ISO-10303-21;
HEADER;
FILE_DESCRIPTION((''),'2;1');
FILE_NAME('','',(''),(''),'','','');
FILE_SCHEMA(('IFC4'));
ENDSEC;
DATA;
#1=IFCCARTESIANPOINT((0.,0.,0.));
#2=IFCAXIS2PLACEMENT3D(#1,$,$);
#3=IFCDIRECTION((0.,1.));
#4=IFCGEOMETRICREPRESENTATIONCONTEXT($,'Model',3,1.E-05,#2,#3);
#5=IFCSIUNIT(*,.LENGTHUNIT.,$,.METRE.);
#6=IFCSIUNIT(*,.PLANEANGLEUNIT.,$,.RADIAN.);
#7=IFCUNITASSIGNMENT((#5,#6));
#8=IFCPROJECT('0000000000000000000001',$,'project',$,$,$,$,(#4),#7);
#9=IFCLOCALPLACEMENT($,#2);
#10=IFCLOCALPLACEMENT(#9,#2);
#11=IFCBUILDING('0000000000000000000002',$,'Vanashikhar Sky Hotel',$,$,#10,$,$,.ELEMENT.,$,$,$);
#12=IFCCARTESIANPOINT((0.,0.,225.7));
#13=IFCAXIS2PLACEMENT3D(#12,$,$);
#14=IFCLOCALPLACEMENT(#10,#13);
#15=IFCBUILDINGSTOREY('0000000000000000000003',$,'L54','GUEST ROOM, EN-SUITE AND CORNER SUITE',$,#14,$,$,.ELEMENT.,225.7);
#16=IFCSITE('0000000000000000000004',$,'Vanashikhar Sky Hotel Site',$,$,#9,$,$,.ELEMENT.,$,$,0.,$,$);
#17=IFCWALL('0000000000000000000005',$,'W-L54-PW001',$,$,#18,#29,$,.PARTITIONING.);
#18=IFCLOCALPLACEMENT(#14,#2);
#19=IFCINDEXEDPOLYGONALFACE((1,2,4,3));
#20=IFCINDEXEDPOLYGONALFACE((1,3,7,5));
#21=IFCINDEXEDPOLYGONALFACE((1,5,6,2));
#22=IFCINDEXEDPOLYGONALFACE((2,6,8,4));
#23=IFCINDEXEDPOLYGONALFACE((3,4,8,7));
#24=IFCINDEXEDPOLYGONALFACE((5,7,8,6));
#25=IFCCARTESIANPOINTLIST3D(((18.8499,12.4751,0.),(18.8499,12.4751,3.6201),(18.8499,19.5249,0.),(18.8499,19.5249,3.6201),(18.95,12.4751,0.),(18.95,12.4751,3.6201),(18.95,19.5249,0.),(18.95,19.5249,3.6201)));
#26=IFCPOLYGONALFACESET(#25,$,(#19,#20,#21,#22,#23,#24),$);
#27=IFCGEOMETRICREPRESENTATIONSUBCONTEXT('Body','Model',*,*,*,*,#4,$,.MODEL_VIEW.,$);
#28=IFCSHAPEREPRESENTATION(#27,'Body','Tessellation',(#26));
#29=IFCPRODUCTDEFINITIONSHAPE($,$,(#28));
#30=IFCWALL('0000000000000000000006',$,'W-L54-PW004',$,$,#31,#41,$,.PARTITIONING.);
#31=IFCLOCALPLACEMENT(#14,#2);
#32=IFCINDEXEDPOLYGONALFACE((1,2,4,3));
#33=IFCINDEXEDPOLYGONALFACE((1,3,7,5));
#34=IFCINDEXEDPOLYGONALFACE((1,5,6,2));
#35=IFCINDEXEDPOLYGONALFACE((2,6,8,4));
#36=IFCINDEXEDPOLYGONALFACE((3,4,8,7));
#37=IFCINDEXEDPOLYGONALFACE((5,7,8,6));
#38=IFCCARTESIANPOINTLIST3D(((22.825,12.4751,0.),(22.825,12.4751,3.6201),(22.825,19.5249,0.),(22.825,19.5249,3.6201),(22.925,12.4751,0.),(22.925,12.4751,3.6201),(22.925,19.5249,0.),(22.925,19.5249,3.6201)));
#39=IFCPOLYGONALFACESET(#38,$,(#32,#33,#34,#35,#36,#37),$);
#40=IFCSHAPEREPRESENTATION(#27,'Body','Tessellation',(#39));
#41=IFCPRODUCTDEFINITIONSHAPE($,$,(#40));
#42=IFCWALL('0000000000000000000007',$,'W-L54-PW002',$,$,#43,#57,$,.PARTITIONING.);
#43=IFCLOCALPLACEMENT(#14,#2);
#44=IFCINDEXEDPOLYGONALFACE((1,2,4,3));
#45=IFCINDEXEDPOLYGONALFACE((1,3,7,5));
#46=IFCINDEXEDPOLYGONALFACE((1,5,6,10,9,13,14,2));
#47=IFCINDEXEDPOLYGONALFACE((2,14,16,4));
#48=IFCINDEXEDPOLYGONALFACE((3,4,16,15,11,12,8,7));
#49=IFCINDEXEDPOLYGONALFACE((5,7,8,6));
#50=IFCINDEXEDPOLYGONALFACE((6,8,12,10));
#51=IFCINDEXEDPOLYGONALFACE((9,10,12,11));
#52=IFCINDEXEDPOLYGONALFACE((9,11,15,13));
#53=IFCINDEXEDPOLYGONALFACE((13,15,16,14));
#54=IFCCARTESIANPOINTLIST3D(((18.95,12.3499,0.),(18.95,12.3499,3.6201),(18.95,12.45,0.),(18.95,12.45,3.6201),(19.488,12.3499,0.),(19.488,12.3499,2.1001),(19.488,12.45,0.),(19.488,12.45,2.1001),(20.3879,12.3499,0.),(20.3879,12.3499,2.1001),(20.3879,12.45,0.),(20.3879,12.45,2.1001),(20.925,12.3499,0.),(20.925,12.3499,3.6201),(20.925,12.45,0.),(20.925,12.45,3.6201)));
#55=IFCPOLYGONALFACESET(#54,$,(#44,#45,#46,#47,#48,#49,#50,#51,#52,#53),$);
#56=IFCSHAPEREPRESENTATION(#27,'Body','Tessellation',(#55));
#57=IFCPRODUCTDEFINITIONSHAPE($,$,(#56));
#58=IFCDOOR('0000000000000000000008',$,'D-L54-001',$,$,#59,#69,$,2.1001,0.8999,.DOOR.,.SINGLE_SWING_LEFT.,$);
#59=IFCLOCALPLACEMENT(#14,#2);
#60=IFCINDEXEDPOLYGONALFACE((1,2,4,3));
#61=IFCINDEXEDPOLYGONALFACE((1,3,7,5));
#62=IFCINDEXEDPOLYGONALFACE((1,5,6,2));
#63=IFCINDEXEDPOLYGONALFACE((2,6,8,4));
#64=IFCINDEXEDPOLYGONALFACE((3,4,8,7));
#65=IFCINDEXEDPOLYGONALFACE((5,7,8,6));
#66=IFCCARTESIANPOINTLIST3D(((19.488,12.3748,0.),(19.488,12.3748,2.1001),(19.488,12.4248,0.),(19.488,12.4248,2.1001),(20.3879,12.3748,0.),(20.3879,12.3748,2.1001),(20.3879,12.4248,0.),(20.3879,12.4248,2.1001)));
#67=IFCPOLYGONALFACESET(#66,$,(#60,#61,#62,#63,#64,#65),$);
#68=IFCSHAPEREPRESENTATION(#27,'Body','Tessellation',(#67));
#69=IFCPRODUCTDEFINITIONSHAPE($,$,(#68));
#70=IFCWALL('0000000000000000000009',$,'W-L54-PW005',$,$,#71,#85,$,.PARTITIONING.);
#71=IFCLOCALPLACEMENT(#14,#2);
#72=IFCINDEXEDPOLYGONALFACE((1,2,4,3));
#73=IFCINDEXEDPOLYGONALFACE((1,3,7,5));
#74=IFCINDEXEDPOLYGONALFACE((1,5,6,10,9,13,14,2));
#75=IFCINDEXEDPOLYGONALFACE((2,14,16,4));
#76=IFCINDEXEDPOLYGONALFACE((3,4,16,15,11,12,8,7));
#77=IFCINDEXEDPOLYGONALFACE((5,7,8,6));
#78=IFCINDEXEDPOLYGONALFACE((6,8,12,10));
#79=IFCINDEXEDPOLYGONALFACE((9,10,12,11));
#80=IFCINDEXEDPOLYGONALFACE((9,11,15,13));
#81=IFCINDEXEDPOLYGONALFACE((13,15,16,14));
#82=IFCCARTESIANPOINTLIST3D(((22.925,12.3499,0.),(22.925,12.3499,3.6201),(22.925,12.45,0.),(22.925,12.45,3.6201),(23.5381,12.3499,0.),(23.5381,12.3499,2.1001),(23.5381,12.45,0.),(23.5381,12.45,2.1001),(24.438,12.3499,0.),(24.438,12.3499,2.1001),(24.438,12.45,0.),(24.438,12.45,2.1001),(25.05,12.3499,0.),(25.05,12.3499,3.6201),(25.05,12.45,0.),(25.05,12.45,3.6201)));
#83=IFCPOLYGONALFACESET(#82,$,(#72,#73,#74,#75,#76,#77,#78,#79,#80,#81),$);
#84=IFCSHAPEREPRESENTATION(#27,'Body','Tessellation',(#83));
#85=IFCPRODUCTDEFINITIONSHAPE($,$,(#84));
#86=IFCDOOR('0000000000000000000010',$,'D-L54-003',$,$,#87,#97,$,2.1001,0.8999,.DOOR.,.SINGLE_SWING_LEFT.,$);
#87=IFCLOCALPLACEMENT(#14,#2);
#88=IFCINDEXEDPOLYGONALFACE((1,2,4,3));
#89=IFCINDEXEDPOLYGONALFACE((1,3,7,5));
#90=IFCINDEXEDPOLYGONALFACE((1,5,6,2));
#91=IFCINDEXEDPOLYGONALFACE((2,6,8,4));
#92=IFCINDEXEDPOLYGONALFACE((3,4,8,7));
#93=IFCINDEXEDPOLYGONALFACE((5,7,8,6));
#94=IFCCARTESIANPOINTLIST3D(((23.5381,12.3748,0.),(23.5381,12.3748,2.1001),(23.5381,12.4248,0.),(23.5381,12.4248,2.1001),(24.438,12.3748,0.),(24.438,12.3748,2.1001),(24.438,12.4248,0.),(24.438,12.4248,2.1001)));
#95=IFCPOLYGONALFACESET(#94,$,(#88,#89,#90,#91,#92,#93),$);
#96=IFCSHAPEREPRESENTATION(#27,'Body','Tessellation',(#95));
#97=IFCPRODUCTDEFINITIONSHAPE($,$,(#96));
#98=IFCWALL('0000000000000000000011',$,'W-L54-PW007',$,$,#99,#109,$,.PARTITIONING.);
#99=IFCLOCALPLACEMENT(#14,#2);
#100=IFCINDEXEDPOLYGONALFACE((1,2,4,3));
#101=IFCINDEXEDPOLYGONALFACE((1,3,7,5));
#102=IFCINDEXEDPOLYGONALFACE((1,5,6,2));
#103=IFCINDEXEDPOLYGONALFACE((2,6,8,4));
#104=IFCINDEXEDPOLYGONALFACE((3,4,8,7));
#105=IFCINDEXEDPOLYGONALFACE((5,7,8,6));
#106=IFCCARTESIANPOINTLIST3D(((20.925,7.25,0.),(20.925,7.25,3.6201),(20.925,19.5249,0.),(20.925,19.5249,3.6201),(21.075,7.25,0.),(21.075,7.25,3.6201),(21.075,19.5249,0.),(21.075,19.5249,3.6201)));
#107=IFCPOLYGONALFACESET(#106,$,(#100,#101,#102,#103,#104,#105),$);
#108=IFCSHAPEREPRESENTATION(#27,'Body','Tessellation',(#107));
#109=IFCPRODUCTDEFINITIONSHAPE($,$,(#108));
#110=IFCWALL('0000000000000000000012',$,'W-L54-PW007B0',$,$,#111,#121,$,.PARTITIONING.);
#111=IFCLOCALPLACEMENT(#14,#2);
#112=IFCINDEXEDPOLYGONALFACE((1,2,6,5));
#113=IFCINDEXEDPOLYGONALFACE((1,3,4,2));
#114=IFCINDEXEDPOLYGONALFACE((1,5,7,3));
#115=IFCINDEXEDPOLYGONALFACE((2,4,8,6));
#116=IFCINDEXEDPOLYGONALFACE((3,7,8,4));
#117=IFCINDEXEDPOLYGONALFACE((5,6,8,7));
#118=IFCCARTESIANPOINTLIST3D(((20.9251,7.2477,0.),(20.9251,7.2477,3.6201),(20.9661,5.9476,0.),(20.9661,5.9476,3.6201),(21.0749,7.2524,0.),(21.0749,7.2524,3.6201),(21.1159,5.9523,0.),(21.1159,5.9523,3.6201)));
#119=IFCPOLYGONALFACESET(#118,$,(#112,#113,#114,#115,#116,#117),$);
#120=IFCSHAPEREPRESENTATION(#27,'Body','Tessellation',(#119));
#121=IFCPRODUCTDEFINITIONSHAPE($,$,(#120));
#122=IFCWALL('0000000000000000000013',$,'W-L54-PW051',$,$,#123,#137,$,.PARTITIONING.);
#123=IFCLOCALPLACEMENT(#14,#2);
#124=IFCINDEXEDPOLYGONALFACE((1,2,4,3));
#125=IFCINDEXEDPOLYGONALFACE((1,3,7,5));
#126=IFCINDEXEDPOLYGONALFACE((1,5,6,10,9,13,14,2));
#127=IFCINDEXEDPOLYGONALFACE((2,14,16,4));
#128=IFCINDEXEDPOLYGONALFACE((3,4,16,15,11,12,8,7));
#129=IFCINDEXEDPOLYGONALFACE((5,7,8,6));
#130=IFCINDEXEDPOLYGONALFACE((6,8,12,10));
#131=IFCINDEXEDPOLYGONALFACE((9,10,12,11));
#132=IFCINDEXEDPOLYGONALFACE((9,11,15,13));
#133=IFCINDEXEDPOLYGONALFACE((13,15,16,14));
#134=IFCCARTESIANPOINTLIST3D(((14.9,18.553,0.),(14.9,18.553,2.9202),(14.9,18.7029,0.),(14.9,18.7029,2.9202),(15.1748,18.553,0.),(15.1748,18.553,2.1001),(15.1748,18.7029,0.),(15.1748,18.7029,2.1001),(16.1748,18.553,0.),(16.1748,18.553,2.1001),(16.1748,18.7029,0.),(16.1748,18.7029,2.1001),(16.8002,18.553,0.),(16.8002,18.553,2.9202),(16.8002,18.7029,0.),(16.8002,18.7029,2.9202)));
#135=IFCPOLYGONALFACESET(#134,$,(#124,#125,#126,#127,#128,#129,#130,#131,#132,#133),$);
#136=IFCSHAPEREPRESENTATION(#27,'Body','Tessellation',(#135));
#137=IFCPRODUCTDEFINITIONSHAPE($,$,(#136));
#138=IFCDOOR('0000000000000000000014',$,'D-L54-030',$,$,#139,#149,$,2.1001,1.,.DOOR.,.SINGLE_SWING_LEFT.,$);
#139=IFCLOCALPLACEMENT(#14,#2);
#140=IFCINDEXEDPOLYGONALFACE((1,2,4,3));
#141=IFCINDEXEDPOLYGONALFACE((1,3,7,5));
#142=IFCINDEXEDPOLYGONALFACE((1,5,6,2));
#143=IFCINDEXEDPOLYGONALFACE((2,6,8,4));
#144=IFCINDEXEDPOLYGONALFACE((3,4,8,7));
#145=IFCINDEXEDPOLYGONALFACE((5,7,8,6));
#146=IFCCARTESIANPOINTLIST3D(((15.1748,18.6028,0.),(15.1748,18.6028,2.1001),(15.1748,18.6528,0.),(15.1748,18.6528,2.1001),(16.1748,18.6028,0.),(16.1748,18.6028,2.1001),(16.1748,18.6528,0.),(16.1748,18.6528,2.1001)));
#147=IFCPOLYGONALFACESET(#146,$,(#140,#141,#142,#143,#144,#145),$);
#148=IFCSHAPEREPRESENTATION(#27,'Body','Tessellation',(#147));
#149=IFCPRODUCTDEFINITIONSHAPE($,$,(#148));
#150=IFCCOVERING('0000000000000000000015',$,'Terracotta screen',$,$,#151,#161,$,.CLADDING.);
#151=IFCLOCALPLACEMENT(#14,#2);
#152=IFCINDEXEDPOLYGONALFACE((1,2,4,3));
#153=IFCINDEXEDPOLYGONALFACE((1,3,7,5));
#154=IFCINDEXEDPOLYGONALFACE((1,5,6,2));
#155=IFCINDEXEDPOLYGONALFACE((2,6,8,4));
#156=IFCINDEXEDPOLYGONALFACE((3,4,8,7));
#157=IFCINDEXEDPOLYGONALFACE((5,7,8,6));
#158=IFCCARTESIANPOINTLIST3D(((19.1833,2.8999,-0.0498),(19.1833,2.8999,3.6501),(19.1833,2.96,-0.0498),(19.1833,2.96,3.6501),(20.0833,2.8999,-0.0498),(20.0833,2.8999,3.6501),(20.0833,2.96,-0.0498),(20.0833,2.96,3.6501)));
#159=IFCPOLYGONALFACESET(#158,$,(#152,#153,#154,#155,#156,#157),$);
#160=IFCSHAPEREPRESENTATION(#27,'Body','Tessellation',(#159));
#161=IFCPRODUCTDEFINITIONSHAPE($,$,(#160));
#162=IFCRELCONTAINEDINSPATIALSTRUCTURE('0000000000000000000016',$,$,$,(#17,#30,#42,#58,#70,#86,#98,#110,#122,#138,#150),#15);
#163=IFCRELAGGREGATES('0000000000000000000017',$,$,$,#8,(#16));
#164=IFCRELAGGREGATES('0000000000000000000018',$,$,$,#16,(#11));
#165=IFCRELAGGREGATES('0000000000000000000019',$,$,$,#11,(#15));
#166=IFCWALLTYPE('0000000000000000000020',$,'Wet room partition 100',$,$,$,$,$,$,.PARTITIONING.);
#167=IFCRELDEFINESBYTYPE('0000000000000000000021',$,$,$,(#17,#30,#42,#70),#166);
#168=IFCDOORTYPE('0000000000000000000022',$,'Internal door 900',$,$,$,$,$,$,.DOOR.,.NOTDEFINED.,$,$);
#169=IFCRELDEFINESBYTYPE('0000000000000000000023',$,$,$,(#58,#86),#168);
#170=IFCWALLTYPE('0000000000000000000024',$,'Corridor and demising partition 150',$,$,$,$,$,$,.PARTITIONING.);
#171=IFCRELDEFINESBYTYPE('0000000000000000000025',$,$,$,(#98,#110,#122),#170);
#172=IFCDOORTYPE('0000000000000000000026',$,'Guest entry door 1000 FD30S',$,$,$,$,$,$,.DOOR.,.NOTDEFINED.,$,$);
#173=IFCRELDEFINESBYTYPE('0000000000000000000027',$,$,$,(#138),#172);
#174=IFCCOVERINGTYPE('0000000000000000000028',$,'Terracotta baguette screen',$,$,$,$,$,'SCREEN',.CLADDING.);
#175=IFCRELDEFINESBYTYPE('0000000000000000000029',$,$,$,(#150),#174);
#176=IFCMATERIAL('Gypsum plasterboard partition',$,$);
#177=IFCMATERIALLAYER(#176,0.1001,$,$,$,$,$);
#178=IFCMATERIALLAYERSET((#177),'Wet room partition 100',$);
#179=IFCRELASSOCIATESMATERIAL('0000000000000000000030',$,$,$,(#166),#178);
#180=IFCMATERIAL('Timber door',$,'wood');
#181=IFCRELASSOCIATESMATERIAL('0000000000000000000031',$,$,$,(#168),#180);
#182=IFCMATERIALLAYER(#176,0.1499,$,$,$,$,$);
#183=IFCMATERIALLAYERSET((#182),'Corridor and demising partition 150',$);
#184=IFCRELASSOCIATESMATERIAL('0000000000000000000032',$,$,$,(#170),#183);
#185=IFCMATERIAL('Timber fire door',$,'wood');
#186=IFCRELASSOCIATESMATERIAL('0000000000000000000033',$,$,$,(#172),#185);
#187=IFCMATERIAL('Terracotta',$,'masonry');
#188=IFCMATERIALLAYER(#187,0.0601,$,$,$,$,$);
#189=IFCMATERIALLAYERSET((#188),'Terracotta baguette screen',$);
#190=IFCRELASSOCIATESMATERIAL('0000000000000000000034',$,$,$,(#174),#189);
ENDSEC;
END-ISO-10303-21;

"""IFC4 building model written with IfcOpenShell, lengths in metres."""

from ifc_helpers import new_model, si_unit, direction, frame, frame_2d, origin, origin_2d, place, context, subcontext, project, spatial, rectangle, extrude, source, transform, mapped, material, layer, layer_set, type_object, element, fill, save


model = new_model("IFC4")

# Units and contexts
model_context = context("Model", 3, precision=1e-05, world=origin(), true_north=direction((0.0, 1.0)))
body_context = subcontext(model_context, "Body", "Model", "MODEL_VIEW")
ifc_project = project(units=[si_unit("LENGTHUNIT", "METRE"), si_unit("PLANEANGLEUNIT", "RADIAN")], contexts=[model_context])

# Site, building, storey
site_placement = place(None, origin())
site = spatial("IfcSite", under=ifc_project, at=site_placement, Name="Vanashikhar Sky Hotel Site", CompositionType="ELEMENT", RefElevation=0.0)
building_placement = place(site_placement, origin())
building = spatial("IfcBuilding", under=site, at=building_placement, Name="Vanashikhar Sky Hotel", CompositionType="ELEMENT")
storey_placement = place(building_placement, frame((0.0, 0.0, 225.7)))
storey = spatial("IfcBuildingStorey", under=building, at=storey_placement, Name="L54", Description="GUEST ROOM, EN-SUITE AND CORNER SUITE", CompositionType="ELEMENT", Elevation=225.7)

# Walls
ifc_material_1 = material(Name="Gypsum plasterboard partition")
ifc_layer_1 = layer(ifc_material_1, 0.1001)
ifc_layer_set_1 = layer_set([ifc_layer_1], Name="Wet room partition 100")
wall_type_1 = type_object("IfcWallType", Name="Wet room partition 100", PredefinedType="PARTITIONING", material=ifc_layer_set_1)
shared_shape_1 = source(origin(), body_context, "Body", "SweptSolid", [
    extrude(rectangle(XDim=7.0498, YDim=0.1001, at=frame_2d((3.5249, 0.0))), origin(), (0.0, 0.0, 1.0), 3.6201),
])
for number, where, z_axis, x_axis, name in (
    (1, (18.8999, 12.4751, 0.0), (0.0, 0.0, 1.0), (0.0, 1.0, 0.0), "W-L54-PW001"),
    (2, (22.875, 12.4751, 0.0), (0.0, 0.0, 1.0), (0.0, 1.0, 0.0), "W-L54-PW004"),
):
    element("IfcWall", number, at=place(storey_placement, frame(where, z_axis=z_axis, x_axis=x_axis)), inside=storey, type_object=wall_type_1, Name=name, PredefinedType="PARTITIONING", context=body_context, shape_type="MappedRepresentation", body=[
        mapped(shared_shape_1, transform((0.0, 0.0, 0.0), scale=1.0)),
    ])

# Walls, openings, doors
shared_shape_2 = source(origin(), body_context, "Body", "SweptSolid", [
    extrude(rectangle(XDim=1.9751, YDim=0.1001, at=frame_2d((0.9875, 0.0))), origin(), (0.0, 0.0, 1.0), 3.6201),
])
wall_1_placement = place(storey_placement, frame((18.95, 12.3999, 0.0), z_axis=(0.0, 0.0, 1.0), x_axis=(1.0, 0.0, 0.0)))
wall_1 = element("IfcWall", 3, at=wall_1_placement, inside=storey, type_object=wall_type_1, Name="W-L54-PW002", PredefinedType="PARTITIONING", context=body_context, shape_type="MappedRepresentation", body=[
    mapped(shared_shape_2, transform((0.0, 0.0, 0.0), scale=1.0)),
])
shared_shape_3 = source(origin(), body_context, "Body", "SweptSolid", [
    extrude(rectangle(XDim=0.8999, YDim=2.1001, at=frame_2d((0.45, 1.05))), frame((0.0, 0.0601, 0.0), z_axis=(0.0, -1.0, 0.0), x_axis=(1.0, 0.0, 0.0)), (0.0, 0.0, 1.0), 0.1201),
])
opening_1_placement = place(wall_1_placement, frame((0.5381, 0.0, 0.0)))
opening_1 = element("IfcOpeningElement", 4, at=opening_1_placement, cuts=wall_1, PredefinedType="OPENING", context=body_context, shape_type="MappedRepresentation", body=[
    mapped(shared_shape_3, transform((0.0, 0.0, 0.0), scale=1.0)),
])
ifc_material_2 = material(Name="Timber door", Category="wood")
door_type_1 = type_object("IfcDoorType", Name="Internal door 900", OperationType="NOTDEFINED", PredefinedType="DOOR", material=ifc_material_2)
shared_shape_4 = source(origin(), body_context, "Body", "SweptSolid", [
    extrude(rectangle(XDim=0.8999, YDim=2.1001, at=frame_2d((0.45, 1.05))), frame((0.0, 0.0249, 0.0), z_axis=(0.0, -1.0, 0.0), x_axis=(1.0, 0.0, 0.0)), (0.0, 0.0, 1.0), 0.05),
])
door_1_placement = place(opening_1_placement, origin())
door_1 = element("IfcDoor", 5, at=door_1_placement, inside=storey, type_object=door_type_1, Name="D-L54-001", OperationType="SINGLE_SWING_LEFT", OverallHeight=2.1001, OverallWidth=0.8999, PredefinedType="DOOR", context=body_context, shape_type="MappedRepresentation", body=[
    mapped(shared_shape_4, transform((0.0, 0.0, 0.0), scale=1.0)),
])
fill(opening_1, door_1)
shared_shape_5 = source(origin(), body_context, "Body", "SweptSolid", [
    extrude(rectangle(XDim=2.125, YDim=0.1001, at=frame_2d((1.0625, 0.0))), origin(), (0.0, 0.0, 1.0), 3.6201),
])
wall_2_placement = place(storey_placement, frame((22.925, 12.3999, 0.0), z_axis=(0.0, 0.0, 1.0), x_axis=(1.0, 0.0, 0.0)))
wall_2 = element("IfcWall", 6, at=wall_2_placement, inside=storey, type_object=wall_type_1, Name="W-L54-PW005", PredefinedType="PARTITIONING", context=body_context, shape_type="MappedRepresentation", body=[
    mapped(shared_shape_5, transform((0.0, 0.0, 0.0), scale=1.0)),
])
opening_2_placement = place(wall_2_placement, frame((0.613, 0.0, 0.0)))
opening_2 = element("IfcOpeningElement", 7, at=opening_2_placement, cuts=wall_2, PredefinedType="OPENING", context=body_context, shape_type="MappedRepresentation", body=[
    mapped(shared_shape_3, transform((0.0, 0.0, 0.0), scale=1.0)),
])
door_2_placement = place(opening_2_placement, origin())
door_2 = element("IfcDoor", 8, at=door_2_placement, inside=storey, type_object=door_type_1, Name="D-L54-003", OperationType="SINGLE_SWING_LEFT", OverallHeight=2.1001, OverallWidth=0.8999, PredefinedType="DOOR", context=body_context, shape_type="MappedRepresentation", body=[
    mapped(shared_shape_4, transform((0.0, 0.0, 0.0), scale=1.0)),
])
fill(opening_2, door_2)

# Walls
ifc_layer_2 = layer(ifc_material_1, 0.1499)
ifc_layer_set_2 = layer_set([ifc_layer_2], Name="Corridor and demising partition 150")
wall_type_2 = type_object("IfcWallType", Name="Corridor and demising partition 150", PredefinedType="PARTITIONING", material=ifc_layer_set_2)
shared_shape_6 = source(origin(), body_context, "Body", "SweptSolid", [
    extrude(rectangle(XDim=12.2749, YDim=0.1499, at=frame_2d((6.1375, 0.0))), origin(), (0.0, 0.0, 1.0), 3.6201),
])
wall_3_placement = place(storey_placement, frame((21.0, 7.25, 0.0), z_axis=(0.0, 0.0, 1.0), x_axis=(0.0, 1.0, 0.0)))
element("IfcWall", 9, at=wall_3_placement, inside=storey, type_object=wall_type_2, Name="W-L54-PW007", PredefinedType="PARTITIONING", context=body_context, shape_type="MappedRepresentation", body=[
    mapped(shared_shape_6, transform((0.0, 0.0, 0.0), scale=1.0)),
])
shared_shape_7 = source(origin(), body_context, "Body", "SweptSolid", [
    extrude(rectangle(XDim=1.3008, YDim=0.1499, at=frame_2d((0.6504, 0.0))), origin(), (0.0, 0.0, 1.0), 3.6201),
])
wall_4_placement = place(storey_placement, frame((21.041, 5.95, 0.0), z_axis=(0.0, 0.0, 1.0), x_axis=(-0.031534, 0.999503, 0.0)))
element("IfcWall", 10, at=wall_4_placement, inside=storey, type_object=wall_type_2, Name="W-L54-PW007B0", PredefinedType="PARTITIONING", context=body_context, shape_type="MappedRepresentation", body=[
    mapped(shared_shape_7, transform((0.0, 0.0, 0.0), scale=1.0)),
])

# Wall, opening, door
shared_shape_8 = source(origin(), body_context, "Body", "SweptSolid", [
    extrude(rectangle(XDim=1.9001, YDim=0.1499, at=frame_2d((0.9502, 0.0))), origin(), (0.0, 0.0, 1.0), 2.9202),
])
wall_5_placement = place(storey_placement, frame((14.8999, 18.6279, 0.0), z_axis=(0.0, 0.0, 1.0), x_axis=(1.0, 0.0, 0.0)))
wall_5 = element("IfcWall", 11, at=wall_5_placement, inside=storey, type_object=wall_type_2, Name="W-L54-PW051", PredefinedType="PARTITIONING", context=body_context, shape_type="MappedRepresentation", body=[
    mapped(shared_shape_8, transform((0.0, 0.0, 0.0), scale=1.0)),
])
shared_shape_9 = source(origin(), body_context, "Body", "SweptSolid", [
    extrude(rectangle(XDim=1.0, YDim=2.1001, at=frame_2d((0.5, 1.05))), frame((0.0, 0.085, 0.0), z_axis=(0.0, -1.0, 0.0), x_axis=(1.0, 0.0, 0.0)), (0.0, 0.0, 1.0), 0.1699),
])
opening_3_placement = place(wall_5_placement, frame((0.2749, 0.0, 0.0)))
opening_3 = element("IfcOpeningElement", 12, at=opening_3_placement, cuts=wall_5, PredefinedType="OPENING", context=body_context, shape_type="MappedRepresentation", body=[
    mapped(shared_shape_9, transform((0.0, 0.0, 0.0), scale=1.0)),
])
ifc_material_3 = material(Name="Timber fire door", Category="wood")
door_type_2 = type_object("IfcDoorType", Name="Guest entry door 1000 FD30S", OperationType="NOTDEFINED", PredefinedType="DOOR", material=ifc_material_3)
shared_shape_10 = source(origin(), body_context, "Body", "SweptSolid", [
    extrude(rectangle(XDim=1.0, YDim=2.1001, at=frame_2d((0.5, 1.05))), frame((0.0, 0.0249, 0.0), z_axis=(0.0, -1.0, 0.0), x_axis=(1.0, 0.0, 0.0)), (0.0, 0.0, 1.0), 0.05),
])
door_3_placement = place(opening_3_placement, origin())
door_3 = element("IfcDoor", 13, at=door_3_placement, inside=storey, type_object=door_type_2, Name="D-L54-030", OperationType="SINGLE_SWING_LEFT", OverallHeight=2.1001, OverallWidth=1.0, PredefinedType="DOOR", context=body_context, shape_type="MappedRepresentation", body=[
    mapped(shared_shape_10, transform((0.0, 0.0, 0.0), scale=1.0)),
])
fill(opening_3, door_3)

# Covering
ifc_material_4 = material(Name="Terracotta", Category="masonry")
ifc_layer_3 = layer(ifc_material_4, 0.0601)
ifc_layer_set_3 = layer_set([ifc_layer_3], Name="Terracotta baguette screen")
covering_type = type_object("IfcCoveringType", Name="Terracotta baguette screen", ElementType="SCREEN", PredefinedType="CLADDING", material=ifc_layer_set_3)
shared_shape_11 = source(origin(), body_context, "Body", "SweptSolid", [
    extrude(rectangle(XDim=0.8999, YDim=0.0601, at=origin_2d()), origin(), (0.0, 0.0, 1.0), 3.7),
])
for number, where, z_axis, x_axis, name in (
    (14, (19.6333, 2.9299, -0.0498), (0.0, 0.0, 1.0), (1.0, 0.0, 0.0), "Terracotta screen"),
):
    element("IfcCovering", number, at=place(storey_placement, frame(where, z_axis=z_axis, x_axis=x_axis)), inside=storey, type_object=covering_type, Name=name, PredefinedType="CLADDING", context=body_context, shape_type="MappedRepresentation", body=[
        mapped(shared_shape_11, transform((0.0, 0.0, 0.0), scale=1.0)),
    ])

save(model, "model.ifc")
